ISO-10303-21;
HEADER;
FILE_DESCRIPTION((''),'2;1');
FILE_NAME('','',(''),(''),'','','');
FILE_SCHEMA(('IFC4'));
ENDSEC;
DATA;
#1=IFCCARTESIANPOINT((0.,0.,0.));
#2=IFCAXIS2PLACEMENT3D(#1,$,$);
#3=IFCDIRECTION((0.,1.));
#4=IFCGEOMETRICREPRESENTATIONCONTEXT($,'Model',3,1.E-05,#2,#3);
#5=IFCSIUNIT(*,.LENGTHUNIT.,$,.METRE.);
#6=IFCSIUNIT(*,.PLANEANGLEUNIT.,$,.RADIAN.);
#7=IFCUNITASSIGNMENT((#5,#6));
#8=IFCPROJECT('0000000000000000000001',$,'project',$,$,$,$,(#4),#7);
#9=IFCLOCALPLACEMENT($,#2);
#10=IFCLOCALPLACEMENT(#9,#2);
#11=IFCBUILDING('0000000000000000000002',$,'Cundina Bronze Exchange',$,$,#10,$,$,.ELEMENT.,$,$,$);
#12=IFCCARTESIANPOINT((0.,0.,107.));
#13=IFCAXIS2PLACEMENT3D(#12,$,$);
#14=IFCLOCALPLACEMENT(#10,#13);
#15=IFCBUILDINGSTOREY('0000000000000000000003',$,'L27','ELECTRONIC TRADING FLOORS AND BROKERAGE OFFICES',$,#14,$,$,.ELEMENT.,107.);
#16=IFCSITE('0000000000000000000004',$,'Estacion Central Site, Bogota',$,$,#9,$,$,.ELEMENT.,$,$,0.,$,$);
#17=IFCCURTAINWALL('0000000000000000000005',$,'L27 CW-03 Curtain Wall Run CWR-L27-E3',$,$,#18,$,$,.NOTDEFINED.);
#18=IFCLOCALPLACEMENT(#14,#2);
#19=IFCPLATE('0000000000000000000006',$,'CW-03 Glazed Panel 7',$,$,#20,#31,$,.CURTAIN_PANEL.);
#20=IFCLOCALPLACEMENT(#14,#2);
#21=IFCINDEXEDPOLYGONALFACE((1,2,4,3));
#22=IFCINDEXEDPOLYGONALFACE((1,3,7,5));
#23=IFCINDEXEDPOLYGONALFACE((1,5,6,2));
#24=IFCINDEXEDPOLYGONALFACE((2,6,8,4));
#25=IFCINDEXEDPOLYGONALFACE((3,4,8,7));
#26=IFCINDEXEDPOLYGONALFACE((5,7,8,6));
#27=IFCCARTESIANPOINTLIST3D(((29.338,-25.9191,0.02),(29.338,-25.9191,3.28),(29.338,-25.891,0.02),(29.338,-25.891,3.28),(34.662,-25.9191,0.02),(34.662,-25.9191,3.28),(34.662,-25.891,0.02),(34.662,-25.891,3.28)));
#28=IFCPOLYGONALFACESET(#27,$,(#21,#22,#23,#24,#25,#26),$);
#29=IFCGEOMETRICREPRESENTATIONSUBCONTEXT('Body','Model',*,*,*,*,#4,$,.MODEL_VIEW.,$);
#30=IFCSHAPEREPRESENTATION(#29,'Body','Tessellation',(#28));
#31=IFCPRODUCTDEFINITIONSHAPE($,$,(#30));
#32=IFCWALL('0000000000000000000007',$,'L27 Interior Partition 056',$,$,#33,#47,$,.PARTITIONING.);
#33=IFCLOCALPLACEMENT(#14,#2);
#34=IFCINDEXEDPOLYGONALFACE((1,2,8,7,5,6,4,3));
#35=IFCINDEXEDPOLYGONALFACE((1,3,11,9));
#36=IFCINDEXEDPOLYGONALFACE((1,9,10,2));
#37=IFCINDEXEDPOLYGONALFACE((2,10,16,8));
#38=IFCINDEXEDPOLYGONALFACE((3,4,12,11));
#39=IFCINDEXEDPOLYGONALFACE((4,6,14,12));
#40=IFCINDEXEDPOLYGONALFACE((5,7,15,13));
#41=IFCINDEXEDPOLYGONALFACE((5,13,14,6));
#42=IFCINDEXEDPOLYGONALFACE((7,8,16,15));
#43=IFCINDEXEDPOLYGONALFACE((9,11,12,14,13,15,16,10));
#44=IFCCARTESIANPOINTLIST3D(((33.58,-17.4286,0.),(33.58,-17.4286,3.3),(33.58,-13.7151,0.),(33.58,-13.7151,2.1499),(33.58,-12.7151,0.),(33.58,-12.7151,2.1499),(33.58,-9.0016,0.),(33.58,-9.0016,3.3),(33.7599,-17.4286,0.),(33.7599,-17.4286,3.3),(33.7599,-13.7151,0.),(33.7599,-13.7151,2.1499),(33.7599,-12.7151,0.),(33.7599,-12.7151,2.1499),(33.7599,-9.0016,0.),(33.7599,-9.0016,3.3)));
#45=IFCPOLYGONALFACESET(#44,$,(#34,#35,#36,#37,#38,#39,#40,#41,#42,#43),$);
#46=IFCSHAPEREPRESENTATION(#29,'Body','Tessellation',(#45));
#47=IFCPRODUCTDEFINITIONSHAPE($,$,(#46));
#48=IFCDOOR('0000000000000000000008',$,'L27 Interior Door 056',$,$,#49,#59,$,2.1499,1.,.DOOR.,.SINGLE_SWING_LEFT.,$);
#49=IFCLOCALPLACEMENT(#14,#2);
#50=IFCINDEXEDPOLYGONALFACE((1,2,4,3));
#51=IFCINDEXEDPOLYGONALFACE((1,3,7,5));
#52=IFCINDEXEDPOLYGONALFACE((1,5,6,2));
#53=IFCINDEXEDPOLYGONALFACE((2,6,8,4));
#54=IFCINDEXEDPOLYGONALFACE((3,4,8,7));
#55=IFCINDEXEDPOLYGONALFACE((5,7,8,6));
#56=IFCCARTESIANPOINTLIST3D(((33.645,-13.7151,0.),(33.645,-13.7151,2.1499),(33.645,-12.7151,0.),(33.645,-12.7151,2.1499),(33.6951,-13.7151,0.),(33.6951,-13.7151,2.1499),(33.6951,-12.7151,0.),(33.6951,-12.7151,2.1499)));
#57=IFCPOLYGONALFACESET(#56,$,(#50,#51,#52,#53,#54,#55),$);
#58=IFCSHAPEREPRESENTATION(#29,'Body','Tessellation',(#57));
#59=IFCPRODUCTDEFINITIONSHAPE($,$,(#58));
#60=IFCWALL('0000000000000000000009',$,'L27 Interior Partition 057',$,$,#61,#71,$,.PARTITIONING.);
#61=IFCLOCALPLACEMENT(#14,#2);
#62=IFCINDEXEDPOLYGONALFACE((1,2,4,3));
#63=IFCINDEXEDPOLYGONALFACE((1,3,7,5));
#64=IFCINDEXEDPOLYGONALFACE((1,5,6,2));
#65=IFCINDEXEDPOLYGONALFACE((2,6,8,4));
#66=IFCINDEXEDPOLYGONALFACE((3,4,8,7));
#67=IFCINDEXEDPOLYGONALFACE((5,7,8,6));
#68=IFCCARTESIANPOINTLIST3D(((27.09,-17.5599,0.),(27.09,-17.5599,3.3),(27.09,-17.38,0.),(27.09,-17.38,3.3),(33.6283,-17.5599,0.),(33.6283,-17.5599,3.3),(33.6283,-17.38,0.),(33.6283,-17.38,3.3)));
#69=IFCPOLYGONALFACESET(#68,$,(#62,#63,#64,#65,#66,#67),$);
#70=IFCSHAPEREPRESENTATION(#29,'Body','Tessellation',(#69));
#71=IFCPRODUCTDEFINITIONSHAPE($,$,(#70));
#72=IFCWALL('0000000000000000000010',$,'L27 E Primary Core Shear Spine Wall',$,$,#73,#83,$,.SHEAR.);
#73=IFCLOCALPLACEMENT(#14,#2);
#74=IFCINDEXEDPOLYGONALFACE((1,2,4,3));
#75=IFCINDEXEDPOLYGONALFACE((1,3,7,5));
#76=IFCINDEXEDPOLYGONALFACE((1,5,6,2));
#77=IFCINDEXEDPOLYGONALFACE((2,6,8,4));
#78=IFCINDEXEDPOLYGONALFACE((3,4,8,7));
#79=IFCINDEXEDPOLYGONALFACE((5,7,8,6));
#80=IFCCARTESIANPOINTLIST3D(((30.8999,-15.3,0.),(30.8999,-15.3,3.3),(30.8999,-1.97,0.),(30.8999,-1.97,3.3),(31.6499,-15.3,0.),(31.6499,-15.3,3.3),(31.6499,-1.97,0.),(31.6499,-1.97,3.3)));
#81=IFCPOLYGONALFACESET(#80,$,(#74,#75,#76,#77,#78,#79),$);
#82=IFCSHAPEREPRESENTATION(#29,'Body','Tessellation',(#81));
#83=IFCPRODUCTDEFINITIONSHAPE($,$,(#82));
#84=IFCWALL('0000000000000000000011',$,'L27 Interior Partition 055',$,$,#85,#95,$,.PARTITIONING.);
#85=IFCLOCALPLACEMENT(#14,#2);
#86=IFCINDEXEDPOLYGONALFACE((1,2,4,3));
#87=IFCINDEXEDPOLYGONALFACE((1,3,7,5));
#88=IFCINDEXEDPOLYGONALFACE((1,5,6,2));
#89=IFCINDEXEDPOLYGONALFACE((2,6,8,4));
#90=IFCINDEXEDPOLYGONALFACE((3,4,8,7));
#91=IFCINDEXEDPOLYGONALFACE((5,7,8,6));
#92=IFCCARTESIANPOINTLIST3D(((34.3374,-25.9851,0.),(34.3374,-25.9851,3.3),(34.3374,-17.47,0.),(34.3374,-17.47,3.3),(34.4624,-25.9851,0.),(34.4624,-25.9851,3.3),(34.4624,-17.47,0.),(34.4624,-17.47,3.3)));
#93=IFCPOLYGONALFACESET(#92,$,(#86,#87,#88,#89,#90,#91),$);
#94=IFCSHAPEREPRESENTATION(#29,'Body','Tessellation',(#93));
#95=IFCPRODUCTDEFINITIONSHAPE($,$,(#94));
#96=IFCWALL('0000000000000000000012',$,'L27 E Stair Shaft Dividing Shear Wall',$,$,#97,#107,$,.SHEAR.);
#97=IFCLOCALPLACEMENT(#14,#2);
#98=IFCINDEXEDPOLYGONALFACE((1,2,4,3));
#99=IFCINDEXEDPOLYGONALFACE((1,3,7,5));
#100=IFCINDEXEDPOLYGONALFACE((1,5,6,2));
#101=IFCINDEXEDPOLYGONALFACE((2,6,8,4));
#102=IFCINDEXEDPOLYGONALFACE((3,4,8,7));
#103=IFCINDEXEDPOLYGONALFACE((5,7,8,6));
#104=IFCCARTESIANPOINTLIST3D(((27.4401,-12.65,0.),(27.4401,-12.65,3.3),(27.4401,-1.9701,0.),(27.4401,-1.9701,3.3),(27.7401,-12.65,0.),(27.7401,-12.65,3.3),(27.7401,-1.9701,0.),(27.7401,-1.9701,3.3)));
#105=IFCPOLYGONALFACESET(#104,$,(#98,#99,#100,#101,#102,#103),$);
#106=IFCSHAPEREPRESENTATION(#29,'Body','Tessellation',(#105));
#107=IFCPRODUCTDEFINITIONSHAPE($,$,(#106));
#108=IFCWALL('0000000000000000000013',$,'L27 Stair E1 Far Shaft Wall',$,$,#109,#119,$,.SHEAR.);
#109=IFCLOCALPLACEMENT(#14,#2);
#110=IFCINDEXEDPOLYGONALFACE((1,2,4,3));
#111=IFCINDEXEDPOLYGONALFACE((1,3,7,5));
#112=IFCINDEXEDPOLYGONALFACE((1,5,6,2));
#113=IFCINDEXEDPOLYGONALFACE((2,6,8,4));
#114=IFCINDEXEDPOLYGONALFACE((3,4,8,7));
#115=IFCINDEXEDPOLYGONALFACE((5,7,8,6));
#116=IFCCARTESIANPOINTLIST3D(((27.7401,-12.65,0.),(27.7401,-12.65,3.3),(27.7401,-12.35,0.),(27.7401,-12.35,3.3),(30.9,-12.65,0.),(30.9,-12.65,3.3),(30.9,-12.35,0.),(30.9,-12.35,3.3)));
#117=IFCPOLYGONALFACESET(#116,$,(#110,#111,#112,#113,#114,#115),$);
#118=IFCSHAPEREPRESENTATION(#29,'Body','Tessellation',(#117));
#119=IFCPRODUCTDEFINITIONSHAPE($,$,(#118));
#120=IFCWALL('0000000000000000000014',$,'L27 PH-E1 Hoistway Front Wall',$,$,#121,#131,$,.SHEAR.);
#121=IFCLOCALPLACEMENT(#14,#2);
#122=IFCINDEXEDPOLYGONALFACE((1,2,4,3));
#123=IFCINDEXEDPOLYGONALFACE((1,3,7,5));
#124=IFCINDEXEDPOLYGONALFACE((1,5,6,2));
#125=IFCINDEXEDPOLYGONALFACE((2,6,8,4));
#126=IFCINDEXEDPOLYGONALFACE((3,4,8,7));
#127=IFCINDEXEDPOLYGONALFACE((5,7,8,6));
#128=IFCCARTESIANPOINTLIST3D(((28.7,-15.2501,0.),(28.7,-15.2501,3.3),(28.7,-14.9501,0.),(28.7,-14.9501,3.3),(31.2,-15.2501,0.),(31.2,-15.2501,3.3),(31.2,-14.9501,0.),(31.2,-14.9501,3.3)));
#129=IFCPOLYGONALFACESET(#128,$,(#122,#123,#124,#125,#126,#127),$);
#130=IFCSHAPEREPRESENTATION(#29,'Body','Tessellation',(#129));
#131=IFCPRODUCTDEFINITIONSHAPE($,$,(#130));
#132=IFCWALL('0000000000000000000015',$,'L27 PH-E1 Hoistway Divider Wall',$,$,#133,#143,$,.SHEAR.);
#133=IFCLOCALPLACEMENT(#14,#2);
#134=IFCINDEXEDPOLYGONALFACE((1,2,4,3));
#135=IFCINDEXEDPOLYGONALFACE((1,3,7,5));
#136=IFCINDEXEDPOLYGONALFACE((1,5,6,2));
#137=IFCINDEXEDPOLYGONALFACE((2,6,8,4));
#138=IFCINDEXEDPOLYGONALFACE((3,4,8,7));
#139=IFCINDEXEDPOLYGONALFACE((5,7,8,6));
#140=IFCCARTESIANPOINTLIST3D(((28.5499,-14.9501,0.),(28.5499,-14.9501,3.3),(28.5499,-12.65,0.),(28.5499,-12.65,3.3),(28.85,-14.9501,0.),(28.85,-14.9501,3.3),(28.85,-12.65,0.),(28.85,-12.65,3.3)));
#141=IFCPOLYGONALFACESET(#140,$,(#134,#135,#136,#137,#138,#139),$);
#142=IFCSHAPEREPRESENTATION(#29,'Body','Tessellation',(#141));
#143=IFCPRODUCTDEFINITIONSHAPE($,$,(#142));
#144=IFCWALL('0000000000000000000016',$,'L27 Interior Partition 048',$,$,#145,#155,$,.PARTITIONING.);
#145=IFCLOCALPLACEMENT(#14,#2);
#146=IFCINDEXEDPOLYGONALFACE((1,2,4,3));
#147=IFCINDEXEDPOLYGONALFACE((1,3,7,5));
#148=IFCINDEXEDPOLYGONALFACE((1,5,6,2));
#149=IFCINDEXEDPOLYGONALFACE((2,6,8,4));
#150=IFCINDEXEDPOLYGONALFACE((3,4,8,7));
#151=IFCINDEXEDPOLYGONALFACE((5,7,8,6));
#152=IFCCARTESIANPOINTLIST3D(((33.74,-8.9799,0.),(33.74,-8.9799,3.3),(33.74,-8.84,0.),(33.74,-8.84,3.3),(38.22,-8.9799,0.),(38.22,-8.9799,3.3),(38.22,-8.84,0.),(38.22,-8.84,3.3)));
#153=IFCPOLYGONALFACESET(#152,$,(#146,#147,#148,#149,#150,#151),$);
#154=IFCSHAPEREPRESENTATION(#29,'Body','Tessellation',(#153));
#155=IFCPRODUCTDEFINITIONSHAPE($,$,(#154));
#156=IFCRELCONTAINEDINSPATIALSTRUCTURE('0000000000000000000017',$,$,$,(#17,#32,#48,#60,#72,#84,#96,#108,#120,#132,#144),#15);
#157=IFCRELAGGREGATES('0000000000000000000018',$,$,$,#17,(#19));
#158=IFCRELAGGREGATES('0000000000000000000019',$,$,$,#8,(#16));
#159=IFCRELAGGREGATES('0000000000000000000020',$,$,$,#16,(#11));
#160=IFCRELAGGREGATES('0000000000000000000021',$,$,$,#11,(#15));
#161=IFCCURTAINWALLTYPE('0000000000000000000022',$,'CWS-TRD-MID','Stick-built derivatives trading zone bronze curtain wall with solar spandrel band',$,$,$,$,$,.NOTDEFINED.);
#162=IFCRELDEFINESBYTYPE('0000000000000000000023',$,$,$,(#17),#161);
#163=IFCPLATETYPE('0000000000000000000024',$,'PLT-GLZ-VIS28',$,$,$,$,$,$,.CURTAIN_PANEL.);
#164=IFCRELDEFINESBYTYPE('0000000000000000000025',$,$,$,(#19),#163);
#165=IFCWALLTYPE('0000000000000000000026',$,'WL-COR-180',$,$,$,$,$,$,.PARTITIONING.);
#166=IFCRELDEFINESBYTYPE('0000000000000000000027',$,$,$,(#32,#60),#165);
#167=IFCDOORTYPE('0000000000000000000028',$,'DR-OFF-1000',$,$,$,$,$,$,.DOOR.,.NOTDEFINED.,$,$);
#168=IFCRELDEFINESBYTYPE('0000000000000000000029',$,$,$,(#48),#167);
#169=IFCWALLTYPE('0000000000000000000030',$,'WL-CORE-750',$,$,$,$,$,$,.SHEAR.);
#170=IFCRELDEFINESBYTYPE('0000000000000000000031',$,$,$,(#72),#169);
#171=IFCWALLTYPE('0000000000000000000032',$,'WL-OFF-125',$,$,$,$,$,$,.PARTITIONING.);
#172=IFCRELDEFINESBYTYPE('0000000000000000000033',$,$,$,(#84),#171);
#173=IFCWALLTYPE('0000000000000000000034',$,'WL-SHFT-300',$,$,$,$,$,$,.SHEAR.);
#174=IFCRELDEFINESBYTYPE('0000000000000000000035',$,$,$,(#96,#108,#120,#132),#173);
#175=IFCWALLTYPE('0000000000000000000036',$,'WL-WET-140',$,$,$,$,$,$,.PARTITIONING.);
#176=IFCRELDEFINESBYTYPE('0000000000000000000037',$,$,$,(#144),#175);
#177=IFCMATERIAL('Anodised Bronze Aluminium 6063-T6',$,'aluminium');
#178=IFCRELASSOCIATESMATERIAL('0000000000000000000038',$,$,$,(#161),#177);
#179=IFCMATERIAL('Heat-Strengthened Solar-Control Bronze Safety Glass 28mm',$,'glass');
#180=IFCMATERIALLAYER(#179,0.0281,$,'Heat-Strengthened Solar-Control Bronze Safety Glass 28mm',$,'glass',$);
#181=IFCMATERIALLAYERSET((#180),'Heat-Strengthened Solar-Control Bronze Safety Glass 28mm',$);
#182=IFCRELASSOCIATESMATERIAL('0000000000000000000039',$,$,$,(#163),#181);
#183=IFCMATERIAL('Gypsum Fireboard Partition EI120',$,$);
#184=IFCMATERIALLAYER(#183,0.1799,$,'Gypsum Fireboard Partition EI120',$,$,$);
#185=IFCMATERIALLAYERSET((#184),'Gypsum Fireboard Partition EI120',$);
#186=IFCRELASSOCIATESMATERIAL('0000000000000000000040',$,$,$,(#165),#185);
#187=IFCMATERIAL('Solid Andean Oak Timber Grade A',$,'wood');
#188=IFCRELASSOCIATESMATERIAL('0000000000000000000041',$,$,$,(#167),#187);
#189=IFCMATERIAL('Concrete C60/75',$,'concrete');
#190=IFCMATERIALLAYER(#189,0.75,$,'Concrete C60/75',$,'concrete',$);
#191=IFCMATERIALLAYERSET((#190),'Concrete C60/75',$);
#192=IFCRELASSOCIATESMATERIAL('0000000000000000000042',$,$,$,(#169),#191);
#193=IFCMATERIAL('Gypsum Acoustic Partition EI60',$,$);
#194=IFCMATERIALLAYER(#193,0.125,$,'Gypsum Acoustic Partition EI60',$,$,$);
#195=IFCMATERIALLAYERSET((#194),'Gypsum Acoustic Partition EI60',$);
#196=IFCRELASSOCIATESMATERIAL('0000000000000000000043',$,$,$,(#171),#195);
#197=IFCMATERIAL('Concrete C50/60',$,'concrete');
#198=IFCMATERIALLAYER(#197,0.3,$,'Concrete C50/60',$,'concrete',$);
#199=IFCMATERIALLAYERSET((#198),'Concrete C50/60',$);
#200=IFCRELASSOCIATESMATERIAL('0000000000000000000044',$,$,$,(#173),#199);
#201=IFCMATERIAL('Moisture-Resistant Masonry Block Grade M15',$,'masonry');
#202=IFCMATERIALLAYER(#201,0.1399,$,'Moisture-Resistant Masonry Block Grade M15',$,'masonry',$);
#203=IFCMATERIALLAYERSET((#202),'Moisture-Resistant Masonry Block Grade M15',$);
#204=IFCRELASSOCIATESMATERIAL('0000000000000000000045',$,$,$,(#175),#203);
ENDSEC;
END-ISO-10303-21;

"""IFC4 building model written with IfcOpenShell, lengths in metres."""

from ifc_helpers import new_model, si_unit, direction, frame, frame_2d, origin, origin_2d, place, context, subcontext, project, spatial, rectangle, extrude, material, layer, layer_set, type_object, element, fill, aggregate, save


model = new_model("IFC4")

# Units and contexts
model_context = context("Model", 3, precision=1e-05, world=origin(), true_north=direction((0.0, 1.0)))
body_context = subcontext(model_context, "Body", "Model", "MODEL_VIEW")
ifc_project = project(units=[si_unit("LENGTHUNIT", "METRE"), si_unit("PLANEANGLEUNIT", "RADIAN")], contexts=[model_context])

# Site, building, storey
site_placement = place(None, origin())
site = spatial("IfcSite", under=ifc_project, at=site_placement, Name="Estacion Central Site, Bogota", CompositionType="ELEMENT", RefElevation=0.0)
building_placement = place(site_placement, origin())
building = spatial("IfcBuilding", under=site, at=building_placement, Name="Cundina Bronze Exchange", CompositionType="ELEMENT")
storey_placement = place(building_placement, frame((0.0, 0.0, 107.0)))
storey = spatial("IfcBuildingStorey", under=building, at=storey_placement, Name="L27", Description="ELECTRONIC TRADING FLOORS AND BROKERAGE OFFICES", CompositionType="ELEMENT", Elevation=107.0)

# Shared definitions
ifc_material_1 = material(Name="Concrete C60/75", Category="concrete")

# Curtain wall, plate
ifc_material_2 = material(Name="Anodised Bronze Aluminium 6063-T6", Category="aluminium")
curtain_wall_type = type_object("IfcCurtainWallType", Name="CWS-TRD-MID", Description="Stick-built derivatives trading zone bronze curtain wall with solar spandrel band", PredefinedType="NOTDEFINED", material=ifc_material_2)
curtain_wall_placement = place(storey_placement, origin())
curtain_wall = element("IfcCurtainWall", 1, at=curtain_wall_placement, inside=storey, type_object=curtain_wall_type, Name="L27 CW-03 Curtain Wall Run CWR-L27-E3", PredefinedType="NOTDEFINED")
ifc_material_3 = material(Name="Heat-Strengthened Solar-Control Bronze Safety Glass 28mm", Category="glass")
ifc_layer_1 = layer(ifc_material_3, 0.0281, Name="Heat-Strengthened Solar-Control Bronze Safety Glass 28mm", Category="glass")
ifc_layer_set_1 = layer_set([ifc_layer_1], Name="Heat-Strengthened Solar-Control Bronze Safety Glass 28mm")
plate_type = type_object("IfcPlateType", Name="PLT-GLZ-VIS28", PredefinedType="CURTAIN_PANEL", material=ifc_layer_set_1)
plate_placement = place(storey_placement, frame((32.0, -25.905, 0.02), z_axis=(0.0, 0.0, 1.0), x_axis=(1.0, 0.0, 0.0)))
plate = element("IfcPlate", 2, at=plate_placement, type_object=plate_type, Name="CW-03 Glazed Panel 7", PredefinedType="CURTAIN_PANEL", context=body_context, shape_type="SweptSolid", body=[
    extrude(rectangle(XDim=5.324, YDim=0.0281, at=origin_2d()), origin(), (0.0, 0.0, 1.0), 3.26),
])
aggregate(curtain_wall, [plate])

# Wall, opening, door
ifc_material_4 = material(Name="Gypsum Fireboard Partition EI120")
ifc_layer_2 = layer(ifc_material_4, 0.1799, Name="Gypsum Fireboard Partition EI120")
ifc_layer_set_2 = layer_set([ifc_layer_2], Name="Gypsum Fireboard Partition EI120")
wall_type_1 = type_object("IfcWallType", Name="WL-COR-180", PredefinedType="PARTITIONING", material=ifc_layer_set_2)
ifc_material_5 = material(Name="Solid Andean Oak Timber Grade A", Category="wood")
door_type = type_object("IfcDoorType", Name="DR-OFF-1000", OperationType="NOTDEFINED", PredefinedType="DOOR", material=ifc_material_5)
wall_1_placement = place(storey_placement, frame((33.6699, -17.4285, 0.0), z_axis=(0.0, 0.0, 1.0), x_axis=(0.0, 1.0, 0.0)))
wall_1 = element("IfcWall", 3, at=wall_1_placement, inside=storey, type_object=wall_type_1, Name="L27 Interior Partition 056", PredefinedType="PARTITIONING", context=body_context, shape_type="SweptSolid", body=[
    extrude(rectangle(XDim=8.427, YDim=0.1799, at=frame_2d((4.2134, 0.0))), origin(), (0.0, 0.0, 1.0), 3.3),
])
opening_1_placement = place(wall_1_placement, frame((3.7134, 0.0, 0.0)))
opening_1 = element("IfcOpeningElement", 4, at=opening_1_placement, cuts=wall_1, PredefinedType="OPENING", context=body_context, shape_type="SweptSolid", body=[
    extrude(rectangle(XDim=1.0, YDim=2.1499, at=frame_2d((0.5, 1.075))), frame((0.0, 0.0999, 0.0), z_axis=(0.0, -1.0, 0.0), x_axis=(1.0, 0.0, 0.0)), (0.0, 0.0, 1.0), 0.2),
])
door_1_placement = place(opening_1_placement, origin())
door_1 = element("IfcDoor", 5, at=door_1_placement, inside=storey, type_object=door_type, Name="L27 Interior Door 056", OperationType="SINGLE_SWING_LEFT", OverallHeight=2.1499, OverallWidth=1.0, PredefinedType="DOOR", context=body_context, shape_type="SweptSolid", body=[
    extrude(rectangle(XDim=1.0, YDim=2.1499, at=frame_2d((0.5, 1.075))), frame((0.0, 0.0249, 0.0), z_axis=(0.0, -1.0, 0.0), x_axis=(1.0, 0.0, 0.0)), (0.0, 0.0, 1.0), 0.05),
])
fill(opening_1, door_1)

# Walls
wall_2_placement = place(storey_placement, frame((27.0901, -17.47, 0.0), z_axis=(0.0, 0.0, 1.0), x_axis=(1.0, 0.0, 0.0)))
element("IfcWall", 6, at=wall_2_placement, inside=storey, type_object=wall_type_1, Name="L27 Interior Partition 057", PredefinedType="PARTITIONING", context=body_context, shape_type="SweptSolid", body=[
    extrude(rectangle(XDim=6.5383, YDim=0.1799, at=frame_2d((3.269, 0.0))), origin(), (0.0, 0.0, 1.0), 3.3),
])
ifc_layer_3 = layer(ifc_material_1, 0.75, Name="Concrete C60/75", Category="concrete")
ifc_layer_set_3 = layer_set([ifc_layer_3], Name="Concrete C60/75")
wall_type_2 = type_object("IfcWallType", Name="WL-CORE-750", PredefinedType="SHEAR", material=ifc_layer_set_3)
wall_3_placement = place(storey_placement, frame((31.2749, -15.3, 0.0), z_axis=(0.0, 0.0, 1.0), x_axis=(0.0, 1.0, 0.0)))
element("IfcWall", 7, at=wall_3_placement, inside=storey, type_object=wall_type_2, Name="L27 E Primary Core Shear Spine Wall", PredefinedType="SHEAR", context=body_context, shape_type="SweptSolid", body=[
    extrude(rectangle(XDim=13.3301, YDim=0.75, at=frame_2d((6.665, 0.0))), origin(), (0.0, 0.0, 1.0), 3.3),
])
ifc_material_6 = material(Name="Gypsum Acoustic Partition EI60")
ifc_layer_4 = layer(ifc_material_6, 0.125, Name="Gypsum Acoustic Partition EI60")
ifc_layer_set_4 = layer_set([ifc_layer_4], Name="Gypsum Acoustic Partition EI60")
wall_type_3 = type_object("IfcWallType", Name="WL-OFF-125", PredefinedType="PARTITIONING", material=ifc_layer_set_4)
wall_4_placement = place(storey_placement, frame((34.3999, -25.9851, 0.0), z_axis=(0.0, 0.0, 1.0), x_axis=(0.0, 1.0, 0.0)))
element("IfcWall", 8, at=wall_4_placement, inside=storey, type_object=wall_type_3, Name="L27 Interior Partition 055", PredefinedType="PARTITIONING", context=body_context, shape_type="SweptSolid", body=[
    extrude(rectangle(XDim=8.5151, YDim=0.125, at=frame_2d((4.2576, 0.0))), origin(), (0.0, 0.0, 1.0), 3.3),
])
ifc_material_7 = material(Name="Concrete C50/60", Category="concrete")
ifc_layer_5 = layer(ifc_material_7, 0.3, Name="Concrete C50/60", Category="concrete")
ifc_layer_set_5 = layer_set([ifc_layer_5], Name="Concrete C50/60")
wall_type_4 = type_object("IfcWallType", Name="WL-SHFT-300", PredefinedType="SHEAR", material=ifc_layer_set_5)
wall_5_placement = place(storey_placement, frame((27.5901, -12.6499, 0.0), z_axis=(0.0, 0.0, 1.0), x_axis=(0.0, 1.0, 0.0)))
element("IfcWall", 9, at=wall_5_placement, inside=storey, type_object=wall_type_4, Name="L27 E Stair Shaft Dividing Shear Wall", PredefinedType="SHEAR", context=body_context, shape_type="SweptSolid", body=[
    extrude(rectangle(XDim=10.6799, YDim=0.3, at=frame_2d((5.3398, 0.0))), origin(), (0.0, 0.0, 1.0), 3.3),
])
wall_6_placement = place(storey_placement, frame((27.74, -12.5, 0.0), z_axis=(0.0, 0.0, 1.0), x_axis=(1.0, 0.0, 0.0)))
element("IfcWall", 10, at=wall_6_placement, inside=storey, type_object=wall_type_4, Name="L27 Stair E1 Far Shaft Wall", PredefinedType="SHEAR", context=body_context, shape_type="SweptSolid", body=[
    extrude(rectangle(XDim=3.1599, YDim=0.3, at=frame_2d((1.5801, 0.0))), origin(), (0.0, 0.0, 1.0), 3.3),
])
wall_7_placement = place(storey_placement, frame((28.7, -15.1001, 0.0), z_axis=(0.0, 0.0, 1.0), x_axis=(1.0, 0.0, 0.0)))
element("IfcWall", 11, at=wall_7_placement, inside=storey, type_object=wall_type_4, Name="L27 PH-E1 Hoistway Front Wall", PredefinedType="SHEAR", context=body_context, shape_type="SweptSolid", body=[
    extrude(rectangle(XDim=2.5, YDim=0.3, at=frame_2d((1.25, 0.0))), origin(), (0.0, 0.0, 1.0), 3.3),
])
wall_8_placement = place(storey_placement, frame((28.7, -14.95, 0.0), z_axis=(0.0, 0.0, 1.0), x_axis=(0.0, 1.0, 0.0)))
element("IfcWall", 12, at=wall_8_placement, inside=storey, type_object=wall_type_4, Name="L27 PH-E1 Hoistway Divider Wall", PredefinedType="SHEAR", context=body_context, shape_type="SweptSolid", body=[
    extrude(rectangle(XDim=2.3, YDim=0.3, at=frame_2d((1.1499, 0.0))), origin(), (0.0, 0.0, 1.0), 3.3),
])
ifc_material_8 = material(Name="Moisture-Resistant Masonry Block Grade M15", Category="masonry")
ifc_layer_6 = layer(ifc_material_8, 0.1399, Name="Moisture-Resistant Masonry Block Grade M15", Category="masonry")
ifc_layer_set_6 = layer_set([ifc_layer_6], Name="Moisture-Resistant Masonry Block Grade M15")
wall_type_5 = type_object("IfcWallType", Name="WL-WET-140", PredefinedType="PARTITIONING", material=ifc_layer_set_6)
wall_9_placement = place(storey_placement, frame((33.74, -8.9099, 0.0), z_axis=(0.0, 0.0, 1.0), x_axis=(1.0, 0.0, 0.0)))
element("IfcWall", 13, at=wall_9_placement, inside=storey, type_object=wall_type_5, Name="L27 Interior Partition 048", PredefinedType="PARTITIONING", context=body_context, shape_type="SweptSolid", body=[
    extrude(rectangle(XDim=4.48, YDim=0.1399, at=frame_2d((2.24, 0.0))), origin(), (0.0, 0.0, 1.0), 3.3),
])

save(model, "model.ifc")
